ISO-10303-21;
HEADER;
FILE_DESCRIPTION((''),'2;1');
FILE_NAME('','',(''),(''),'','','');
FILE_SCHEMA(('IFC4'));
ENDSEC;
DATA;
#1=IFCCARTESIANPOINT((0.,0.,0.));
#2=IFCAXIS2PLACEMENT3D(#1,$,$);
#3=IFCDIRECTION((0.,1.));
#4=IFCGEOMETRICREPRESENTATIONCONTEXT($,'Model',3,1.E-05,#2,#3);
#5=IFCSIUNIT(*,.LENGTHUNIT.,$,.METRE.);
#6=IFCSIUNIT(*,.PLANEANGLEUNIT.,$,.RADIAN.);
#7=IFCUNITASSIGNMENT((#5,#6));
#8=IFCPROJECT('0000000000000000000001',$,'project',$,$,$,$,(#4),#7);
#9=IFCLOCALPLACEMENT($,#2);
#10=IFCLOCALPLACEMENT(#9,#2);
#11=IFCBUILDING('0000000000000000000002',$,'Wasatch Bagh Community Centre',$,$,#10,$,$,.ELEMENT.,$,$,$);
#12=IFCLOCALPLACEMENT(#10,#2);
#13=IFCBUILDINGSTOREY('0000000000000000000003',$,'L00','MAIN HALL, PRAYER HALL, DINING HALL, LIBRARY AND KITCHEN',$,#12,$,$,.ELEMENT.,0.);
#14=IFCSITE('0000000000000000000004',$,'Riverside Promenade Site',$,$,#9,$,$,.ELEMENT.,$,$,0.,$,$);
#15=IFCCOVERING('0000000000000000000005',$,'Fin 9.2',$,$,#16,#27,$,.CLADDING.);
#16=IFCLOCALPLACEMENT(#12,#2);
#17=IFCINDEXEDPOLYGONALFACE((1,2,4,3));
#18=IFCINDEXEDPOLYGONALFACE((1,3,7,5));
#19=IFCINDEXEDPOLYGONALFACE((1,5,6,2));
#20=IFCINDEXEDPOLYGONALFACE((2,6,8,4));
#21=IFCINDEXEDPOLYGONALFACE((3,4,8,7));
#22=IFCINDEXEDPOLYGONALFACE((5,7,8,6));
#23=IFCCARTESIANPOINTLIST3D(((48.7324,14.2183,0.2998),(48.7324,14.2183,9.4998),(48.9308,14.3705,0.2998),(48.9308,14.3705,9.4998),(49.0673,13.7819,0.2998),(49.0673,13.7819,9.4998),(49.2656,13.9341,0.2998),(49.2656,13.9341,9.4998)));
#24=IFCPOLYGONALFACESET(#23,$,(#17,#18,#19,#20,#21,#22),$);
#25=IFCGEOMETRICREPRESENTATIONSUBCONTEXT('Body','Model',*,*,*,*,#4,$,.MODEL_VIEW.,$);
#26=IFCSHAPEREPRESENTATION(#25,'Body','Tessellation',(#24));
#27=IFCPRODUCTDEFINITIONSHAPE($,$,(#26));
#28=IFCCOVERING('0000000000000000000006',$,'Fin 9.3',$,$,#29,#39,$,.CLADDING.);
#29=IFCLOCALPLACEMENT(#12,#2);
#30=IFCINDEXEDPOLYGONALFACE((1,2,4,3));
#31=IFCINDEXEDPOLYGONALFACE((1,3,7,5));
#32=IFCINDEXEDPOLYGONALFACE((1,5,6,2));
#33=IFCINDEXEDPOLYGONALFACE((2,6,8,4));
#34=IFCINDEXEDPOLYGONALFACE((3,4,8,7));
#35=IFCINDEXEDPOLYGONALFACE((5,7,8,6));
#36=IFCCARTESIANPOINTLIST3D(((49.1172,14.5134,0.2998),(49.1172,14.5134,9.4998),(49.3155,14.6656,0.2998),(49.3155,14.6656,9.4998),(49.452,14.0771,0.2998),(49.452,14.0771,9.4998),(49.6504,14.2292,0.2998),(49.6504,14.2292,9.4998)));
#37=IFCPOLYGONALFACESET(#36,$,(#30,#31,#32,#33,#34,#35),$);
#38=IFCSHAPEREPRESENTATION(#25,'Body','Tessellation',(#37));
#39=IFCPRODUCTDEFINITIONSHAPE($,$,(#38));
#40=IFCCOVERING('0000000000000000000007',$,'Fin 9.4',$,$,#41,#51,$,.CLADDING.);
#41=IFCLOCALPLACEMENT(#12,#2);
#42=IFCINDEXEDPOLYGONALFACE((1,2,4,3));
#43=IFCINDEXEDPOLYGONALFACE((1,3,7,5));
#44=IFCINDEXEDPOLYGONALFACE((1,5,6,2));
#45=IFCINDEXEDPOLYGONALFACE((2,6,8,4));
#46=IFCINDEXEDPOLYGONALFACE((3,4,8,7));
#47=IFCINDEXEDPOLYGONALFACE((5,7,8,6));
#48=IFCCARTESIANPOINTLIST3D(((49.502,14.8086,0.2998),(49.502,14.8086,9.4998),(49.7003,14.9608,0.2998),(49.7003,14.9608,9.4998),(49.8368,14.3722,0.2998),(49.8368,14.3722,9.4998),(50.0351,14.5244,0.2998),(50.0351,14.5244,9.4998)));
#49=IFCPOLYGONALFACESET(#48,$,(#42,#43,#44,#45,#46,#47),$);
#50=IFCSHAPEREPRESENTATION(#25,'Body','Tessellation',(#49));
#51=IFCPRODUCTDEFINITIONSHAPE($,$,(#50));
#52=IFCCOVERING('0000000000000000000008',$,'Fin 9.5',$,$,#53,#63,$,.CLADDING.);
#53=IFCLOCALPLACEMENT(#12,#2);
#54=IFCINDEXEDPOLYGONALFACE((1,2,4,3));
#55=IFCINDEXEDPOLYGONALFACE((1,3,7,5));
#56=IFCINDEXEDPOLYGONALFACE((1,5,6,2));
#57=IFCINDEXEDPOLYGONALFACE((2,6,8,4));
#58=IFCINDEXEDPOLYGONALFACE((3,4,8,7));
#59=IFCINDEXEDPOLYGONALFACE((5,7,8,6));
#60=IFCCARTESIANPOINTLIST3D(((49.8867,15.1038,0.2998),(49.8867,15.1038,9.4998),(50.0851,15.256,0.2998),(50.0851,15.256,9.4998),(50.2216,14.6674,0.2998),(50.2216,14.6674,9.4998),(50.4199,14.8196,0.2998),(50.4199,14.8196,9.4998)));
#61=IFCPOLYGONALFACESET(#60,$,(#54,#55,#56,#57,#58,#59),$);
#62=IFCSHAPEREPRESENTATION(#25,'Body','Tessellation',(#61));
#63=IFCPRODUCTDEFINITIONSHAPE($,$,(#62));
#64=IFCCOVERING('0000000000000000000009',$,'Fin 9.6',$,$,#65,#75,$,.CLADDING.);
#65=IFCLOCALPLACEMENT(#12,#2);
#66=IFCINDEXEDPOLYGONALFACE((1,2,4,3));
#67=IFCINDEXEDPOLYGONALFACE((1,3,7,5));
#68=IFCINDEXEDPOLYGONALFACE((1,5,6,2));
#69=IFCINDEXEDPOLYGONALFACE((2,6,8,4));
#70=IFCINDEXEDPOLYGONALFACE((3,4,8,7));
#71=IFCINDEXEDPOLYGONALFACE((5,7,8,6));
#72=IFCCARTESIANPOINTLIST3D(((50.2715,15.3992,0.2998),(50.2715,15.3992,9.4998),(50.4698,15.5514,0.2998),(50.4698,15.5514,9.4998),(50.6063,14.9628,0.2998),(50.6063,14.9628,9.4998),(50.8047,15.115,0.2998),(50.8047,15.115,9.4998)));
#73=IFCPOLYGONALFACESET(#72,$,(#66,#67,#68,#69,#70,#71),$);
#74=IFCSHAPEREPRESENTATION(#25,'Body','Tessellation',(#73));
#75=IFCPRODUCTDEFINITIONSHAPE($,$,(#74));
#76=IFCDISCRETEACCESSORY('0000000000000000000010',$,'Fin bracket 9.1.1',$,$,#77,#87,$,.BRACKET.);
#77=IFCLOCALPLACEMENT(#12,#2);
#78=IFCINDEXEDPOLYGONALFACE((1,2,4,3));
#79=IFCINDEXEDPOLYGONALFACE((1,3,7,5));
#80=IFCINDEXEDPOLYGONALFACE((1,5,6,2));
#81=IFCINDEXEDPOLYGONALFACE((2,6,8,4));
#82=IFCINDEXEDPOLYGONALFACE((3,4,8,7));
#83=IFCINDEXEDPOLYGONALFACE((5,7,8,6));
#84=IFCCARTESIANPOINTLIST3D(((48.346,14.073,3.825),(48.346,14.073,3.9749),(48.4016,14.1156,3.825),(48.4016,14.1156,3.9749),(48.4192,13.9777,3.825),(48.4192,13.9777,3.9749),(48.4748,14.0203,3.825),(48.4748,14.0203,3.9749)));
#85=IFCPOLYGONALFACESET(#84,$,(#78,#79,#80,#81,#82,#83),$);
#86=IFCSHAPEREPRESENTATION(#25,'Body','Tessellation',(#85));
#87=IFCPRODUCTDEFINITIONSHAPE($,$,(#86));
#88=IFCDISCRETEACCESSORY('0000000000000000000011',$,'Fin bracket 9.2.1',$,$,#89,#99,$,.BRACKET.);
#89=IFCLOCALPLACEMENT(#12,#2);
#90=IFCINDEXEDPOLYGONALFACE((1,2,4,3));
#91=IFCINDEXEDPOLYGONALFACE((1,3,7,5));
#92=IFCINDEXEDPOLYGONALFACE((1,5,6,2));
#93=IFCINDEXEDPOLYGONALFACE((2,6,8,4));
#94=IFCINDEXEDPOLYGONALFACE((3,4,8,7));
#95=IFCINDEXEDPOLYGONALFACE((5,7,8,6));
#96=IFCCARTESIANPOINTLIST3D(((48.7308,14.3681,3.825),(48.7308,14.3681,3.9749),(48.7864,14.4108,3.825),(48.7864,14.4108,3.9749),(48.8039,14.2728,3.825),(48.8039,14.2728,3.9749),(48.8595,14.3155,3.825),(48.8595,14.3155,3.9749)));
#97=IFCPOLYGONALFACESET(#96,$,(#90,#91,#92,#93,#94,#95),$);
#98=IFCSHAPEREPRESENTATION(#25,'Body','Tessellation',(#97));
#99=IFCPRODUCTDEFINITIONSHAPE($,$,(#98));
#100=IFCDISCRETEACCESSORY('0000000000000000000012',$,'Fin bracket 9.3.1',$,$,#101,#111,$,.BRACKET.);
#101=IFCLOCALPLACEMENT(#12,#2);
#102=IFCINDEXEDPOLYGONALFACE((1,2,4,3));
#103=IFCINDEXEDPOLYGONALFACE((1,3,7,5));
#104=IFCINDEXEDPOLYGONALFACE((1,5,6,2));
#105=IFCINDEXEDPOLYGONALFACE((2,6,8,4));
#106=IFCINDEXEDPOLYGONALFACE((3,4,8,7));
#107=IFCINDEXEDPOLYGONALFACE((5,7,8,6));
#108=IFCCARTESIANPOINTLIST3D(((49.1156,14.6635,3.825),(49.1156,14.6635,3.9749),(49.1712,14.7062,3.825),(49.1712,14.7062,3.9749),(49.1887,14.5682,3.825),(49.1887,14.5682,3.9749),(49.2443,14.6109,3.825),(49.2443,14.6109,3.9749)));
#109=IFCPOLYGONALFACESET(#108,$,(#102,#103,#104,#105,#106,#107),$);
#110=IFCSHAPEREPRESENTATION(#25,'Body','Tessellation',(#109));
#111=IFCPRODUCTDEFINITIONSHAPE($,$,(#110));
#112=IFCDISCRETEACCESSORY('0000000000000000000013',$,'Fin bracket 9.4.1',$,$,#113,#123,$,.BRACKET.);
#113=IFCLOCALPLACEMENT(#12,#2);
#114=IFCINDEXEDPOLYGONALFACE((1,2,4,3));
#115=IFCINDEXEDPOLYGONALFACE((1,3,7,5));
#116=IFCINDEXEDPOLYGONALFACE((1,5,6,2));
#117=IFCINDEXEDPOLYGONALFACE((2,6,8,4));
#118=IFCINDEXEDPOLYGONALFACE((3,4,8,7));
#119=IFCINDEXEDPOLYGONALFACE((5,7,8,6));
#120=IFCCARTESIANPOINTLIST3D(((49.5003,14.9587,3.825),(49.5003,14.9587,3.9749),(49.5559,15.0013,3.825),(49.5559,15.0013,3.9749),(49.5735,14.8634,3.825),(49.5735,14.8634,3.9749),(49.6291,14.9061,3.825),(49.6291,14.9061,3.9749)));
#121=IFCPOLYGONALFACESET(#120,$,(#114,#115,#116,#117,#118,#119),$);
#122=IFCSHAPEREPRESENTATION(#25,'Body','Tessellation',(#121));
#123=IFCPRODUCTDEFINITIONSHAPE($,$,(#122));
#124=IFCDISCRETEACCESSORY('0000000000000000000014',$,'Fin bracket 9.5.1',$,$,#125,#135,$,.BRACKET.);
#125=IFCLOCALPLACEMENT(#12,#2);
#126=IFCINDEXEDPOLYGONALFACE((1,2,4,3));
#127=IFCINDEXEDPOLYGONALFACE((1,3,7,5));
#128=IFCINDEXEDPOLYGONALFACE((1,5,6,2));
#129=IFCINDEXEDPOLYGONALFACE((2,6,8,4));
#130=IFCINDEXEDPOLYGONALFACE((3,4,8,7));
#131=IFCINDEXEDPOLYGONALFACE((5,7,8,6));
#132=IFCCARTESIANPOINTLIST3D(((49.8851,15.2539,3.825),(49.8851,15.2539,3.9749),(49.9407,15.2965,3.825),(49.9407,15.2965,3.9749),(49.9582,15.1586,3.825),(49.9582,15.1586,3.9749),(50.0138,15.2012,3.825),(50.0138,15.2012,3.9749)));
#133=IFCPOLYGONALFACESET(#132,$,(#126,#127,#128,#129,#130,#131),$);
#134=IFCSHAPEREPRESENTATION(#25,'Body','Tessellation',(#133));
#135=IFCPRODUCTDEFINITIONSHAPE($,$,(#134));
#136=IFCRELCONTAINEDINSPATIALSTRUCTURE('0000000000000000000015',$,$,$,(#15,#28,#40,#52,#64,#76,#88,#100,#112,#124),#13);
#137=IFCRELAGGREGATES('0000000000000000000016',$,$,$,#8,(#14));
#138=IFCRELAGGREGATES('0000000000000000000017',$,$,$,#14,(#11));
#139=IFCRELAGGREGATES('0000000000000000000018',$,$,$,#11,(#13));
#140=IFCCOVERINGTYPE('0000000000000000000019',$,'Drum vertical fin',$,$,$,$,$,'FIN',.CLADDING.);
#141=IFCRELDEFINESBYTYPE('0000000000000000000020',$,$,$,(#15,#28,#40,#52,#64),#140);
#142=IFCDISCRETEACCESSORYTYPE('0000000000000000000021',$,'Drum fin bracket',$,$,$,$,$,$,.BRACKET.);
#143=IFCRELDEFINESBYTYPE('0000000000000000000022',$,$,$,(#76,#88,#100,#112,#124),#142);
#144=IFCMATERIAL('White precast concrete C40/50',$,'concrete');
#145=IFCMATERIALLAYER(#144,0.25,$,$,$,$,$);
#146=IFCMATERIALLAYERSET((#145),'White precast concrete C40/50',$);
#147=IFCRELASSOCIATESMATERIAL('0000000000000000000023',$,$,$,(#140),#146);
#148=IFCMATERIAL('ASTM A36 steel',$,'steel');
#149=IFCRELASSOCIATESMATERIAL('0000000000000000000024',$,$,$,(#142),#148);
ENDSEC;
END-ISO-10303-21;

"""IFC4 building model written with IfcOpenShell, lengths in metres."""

from ifc_helpers import new_model, si_unit, direction, frame, origin, origin_2d, place, context, subcontext, project, spatial, rectangle, extrude, material, layer, layer_set, type_object, element, save


model = new_model("IFC4")

# Units and contexts
model_context = context("Model", 3, precision=1e-05, world=origin(), true_north=direction((0.0, 1.0)))
body_context = subcontext(model_context, "Body", "Model", "MODEL_VIEW")
ifc_project = project(units=[si_unit("LENGTHUNIT", "METRE"), si_unit("PLANEANGLEUNIT", "RADIAN")], contexts=[model_context])

# Site, building, storey
site_placement = place(None, origin())
site = spatial("IfcSite", under=ifc_project, at=site_placement, Name="Riverside Promenade Site", CompositionType="ELEMENT", RefElevation=0.0)
building_placement = place(site_placement, origin())
building = spatial("IfcBuilding", under=site, at=building_placement, Name="Wasatch Bagh Community Centre", CompositionType="ELEMENT")
storey_placement = place(building_placement, origin())
storey = spatial("IfcBuildingStorey", under=building, at=storey_placement, Name="L00", Description="MAIN HALL, PRAYER HALL, DINING HALL, LIBRARY AND KITCHEN", CompositionType="ELEMENT", Elevation=0.0)

# Coverings
ifc_material_1 = material(Name="White precast concrete C40/50", Category="concrete")
ifc_layer_1 = layer(ifc_material_1, 0.25)
ifc_layer_set_1 = layer_set([ifc_layer_1], Name="White precast concrete C40/50")
covering_type = type_object("IfcCoveringType", Name="Drum vertical fin", ElementType="FIN", PredefinedType="CLADDING", material=ifc_layer_set_1)
for number, where, z_axis, x_axis, name in (
    (1, (48.999, 14.0762, 0.2998), (0.0, 0.0, 1.0), (0.793353, 0.608761, 0.0), "Fin 9.2"),
    (2, (49.3838, 14.3713, 0.2998), (0.0, 0.0, 1.0), (0.793353, 0.608761, 0.0), "Fin 9.3"),
    (3, (49.7686, 14.6665, 0.2998), (0.0, 0.0, 1.0), (0.793353, 0.608761, 0.0), "Fin 9.4"),
    (4, (50.1533, 14.9617, 0.2998), (0.0, 0.0, 1.0), (0.793353, 0.608761, 0.0), "Fin 9.5"),
    (5, (50.5381, 15.2571, 0.2998), (0.0, 0.0, 1.0), (0.793353, 0.608761, 0.0), "Fin 9.6"),
):
    element("IfcCovering", number, at=place(storey_placement, frame(where, z_axis=z_axis, x_axis=x_axis)), inside=storey, type_object=covering_type, Name=name, PredefinedType="CLADDING", context=body_context, shape_type="SweptSolid", body=[
        extrude(rectangle(XDim=0.25, YDim=0.55, at=origin_2d()), origin(), (0.0, 0.0, 1.0), 9.2),
    ])

# Discrete accessories
ifc_material_2 = material(Name="ASTM A36 steel", Category="steel")
discrete_accessory_type = type_object("IfcDiscreteAccessoryType", Name="Drum fin bracket", PredefinedType="BRACKET", material=ifc_material_2)
for number, where, z_axis, x_axis, name in (
    (6, (48.4104, 14.0466, 3.825), (0.0, 0.0, 1.0), (0.793353, 0.608761, 0.0), "Fin bracket 9.1.1"),
    (7, (48.7952, 14.3418, 3.825), (0.0, 0.0, 1.0), (0.793353, 0.608761, 0.0), "Fin bracket 9.2.1"),
    (8, (49.1799, 14.6372, 3.825), (0.0, 0.0, 1.0), (0.793353, 0.608761, 0.0), "Fin bracket 9.3.1"),
    (9, (49.5647, 14.9324, 3.825), (0.0, 0.0, 1.0), (0.793353, 0.608761, 0.0), "Fin bracket 9.4.1"),
    (10, (49.9495, 15.2275, 3.825), (0.0, 0.0, 1.0), (0.793353, 0.608761, 0.0), "Fin bracket 9.5.1"),
):
    element("IfcDiscreteAccessory", number, at=place(storey_placement, frame(where, z_axis=z_axis, x_axis=x_axis)), inside=storey, type_object=discrete_accessory_type, Name=name, PredefinedType="BRACKET", context=body_context, shape_type="SweptSolid", body=[
        extrude(rectangle(XDim=0.0701, YDim=0.1201, at=origin_2d()), origin(), (0.0, 0.0, 1.0), 0.1499),
    ])

save(model, "model.ifc")
